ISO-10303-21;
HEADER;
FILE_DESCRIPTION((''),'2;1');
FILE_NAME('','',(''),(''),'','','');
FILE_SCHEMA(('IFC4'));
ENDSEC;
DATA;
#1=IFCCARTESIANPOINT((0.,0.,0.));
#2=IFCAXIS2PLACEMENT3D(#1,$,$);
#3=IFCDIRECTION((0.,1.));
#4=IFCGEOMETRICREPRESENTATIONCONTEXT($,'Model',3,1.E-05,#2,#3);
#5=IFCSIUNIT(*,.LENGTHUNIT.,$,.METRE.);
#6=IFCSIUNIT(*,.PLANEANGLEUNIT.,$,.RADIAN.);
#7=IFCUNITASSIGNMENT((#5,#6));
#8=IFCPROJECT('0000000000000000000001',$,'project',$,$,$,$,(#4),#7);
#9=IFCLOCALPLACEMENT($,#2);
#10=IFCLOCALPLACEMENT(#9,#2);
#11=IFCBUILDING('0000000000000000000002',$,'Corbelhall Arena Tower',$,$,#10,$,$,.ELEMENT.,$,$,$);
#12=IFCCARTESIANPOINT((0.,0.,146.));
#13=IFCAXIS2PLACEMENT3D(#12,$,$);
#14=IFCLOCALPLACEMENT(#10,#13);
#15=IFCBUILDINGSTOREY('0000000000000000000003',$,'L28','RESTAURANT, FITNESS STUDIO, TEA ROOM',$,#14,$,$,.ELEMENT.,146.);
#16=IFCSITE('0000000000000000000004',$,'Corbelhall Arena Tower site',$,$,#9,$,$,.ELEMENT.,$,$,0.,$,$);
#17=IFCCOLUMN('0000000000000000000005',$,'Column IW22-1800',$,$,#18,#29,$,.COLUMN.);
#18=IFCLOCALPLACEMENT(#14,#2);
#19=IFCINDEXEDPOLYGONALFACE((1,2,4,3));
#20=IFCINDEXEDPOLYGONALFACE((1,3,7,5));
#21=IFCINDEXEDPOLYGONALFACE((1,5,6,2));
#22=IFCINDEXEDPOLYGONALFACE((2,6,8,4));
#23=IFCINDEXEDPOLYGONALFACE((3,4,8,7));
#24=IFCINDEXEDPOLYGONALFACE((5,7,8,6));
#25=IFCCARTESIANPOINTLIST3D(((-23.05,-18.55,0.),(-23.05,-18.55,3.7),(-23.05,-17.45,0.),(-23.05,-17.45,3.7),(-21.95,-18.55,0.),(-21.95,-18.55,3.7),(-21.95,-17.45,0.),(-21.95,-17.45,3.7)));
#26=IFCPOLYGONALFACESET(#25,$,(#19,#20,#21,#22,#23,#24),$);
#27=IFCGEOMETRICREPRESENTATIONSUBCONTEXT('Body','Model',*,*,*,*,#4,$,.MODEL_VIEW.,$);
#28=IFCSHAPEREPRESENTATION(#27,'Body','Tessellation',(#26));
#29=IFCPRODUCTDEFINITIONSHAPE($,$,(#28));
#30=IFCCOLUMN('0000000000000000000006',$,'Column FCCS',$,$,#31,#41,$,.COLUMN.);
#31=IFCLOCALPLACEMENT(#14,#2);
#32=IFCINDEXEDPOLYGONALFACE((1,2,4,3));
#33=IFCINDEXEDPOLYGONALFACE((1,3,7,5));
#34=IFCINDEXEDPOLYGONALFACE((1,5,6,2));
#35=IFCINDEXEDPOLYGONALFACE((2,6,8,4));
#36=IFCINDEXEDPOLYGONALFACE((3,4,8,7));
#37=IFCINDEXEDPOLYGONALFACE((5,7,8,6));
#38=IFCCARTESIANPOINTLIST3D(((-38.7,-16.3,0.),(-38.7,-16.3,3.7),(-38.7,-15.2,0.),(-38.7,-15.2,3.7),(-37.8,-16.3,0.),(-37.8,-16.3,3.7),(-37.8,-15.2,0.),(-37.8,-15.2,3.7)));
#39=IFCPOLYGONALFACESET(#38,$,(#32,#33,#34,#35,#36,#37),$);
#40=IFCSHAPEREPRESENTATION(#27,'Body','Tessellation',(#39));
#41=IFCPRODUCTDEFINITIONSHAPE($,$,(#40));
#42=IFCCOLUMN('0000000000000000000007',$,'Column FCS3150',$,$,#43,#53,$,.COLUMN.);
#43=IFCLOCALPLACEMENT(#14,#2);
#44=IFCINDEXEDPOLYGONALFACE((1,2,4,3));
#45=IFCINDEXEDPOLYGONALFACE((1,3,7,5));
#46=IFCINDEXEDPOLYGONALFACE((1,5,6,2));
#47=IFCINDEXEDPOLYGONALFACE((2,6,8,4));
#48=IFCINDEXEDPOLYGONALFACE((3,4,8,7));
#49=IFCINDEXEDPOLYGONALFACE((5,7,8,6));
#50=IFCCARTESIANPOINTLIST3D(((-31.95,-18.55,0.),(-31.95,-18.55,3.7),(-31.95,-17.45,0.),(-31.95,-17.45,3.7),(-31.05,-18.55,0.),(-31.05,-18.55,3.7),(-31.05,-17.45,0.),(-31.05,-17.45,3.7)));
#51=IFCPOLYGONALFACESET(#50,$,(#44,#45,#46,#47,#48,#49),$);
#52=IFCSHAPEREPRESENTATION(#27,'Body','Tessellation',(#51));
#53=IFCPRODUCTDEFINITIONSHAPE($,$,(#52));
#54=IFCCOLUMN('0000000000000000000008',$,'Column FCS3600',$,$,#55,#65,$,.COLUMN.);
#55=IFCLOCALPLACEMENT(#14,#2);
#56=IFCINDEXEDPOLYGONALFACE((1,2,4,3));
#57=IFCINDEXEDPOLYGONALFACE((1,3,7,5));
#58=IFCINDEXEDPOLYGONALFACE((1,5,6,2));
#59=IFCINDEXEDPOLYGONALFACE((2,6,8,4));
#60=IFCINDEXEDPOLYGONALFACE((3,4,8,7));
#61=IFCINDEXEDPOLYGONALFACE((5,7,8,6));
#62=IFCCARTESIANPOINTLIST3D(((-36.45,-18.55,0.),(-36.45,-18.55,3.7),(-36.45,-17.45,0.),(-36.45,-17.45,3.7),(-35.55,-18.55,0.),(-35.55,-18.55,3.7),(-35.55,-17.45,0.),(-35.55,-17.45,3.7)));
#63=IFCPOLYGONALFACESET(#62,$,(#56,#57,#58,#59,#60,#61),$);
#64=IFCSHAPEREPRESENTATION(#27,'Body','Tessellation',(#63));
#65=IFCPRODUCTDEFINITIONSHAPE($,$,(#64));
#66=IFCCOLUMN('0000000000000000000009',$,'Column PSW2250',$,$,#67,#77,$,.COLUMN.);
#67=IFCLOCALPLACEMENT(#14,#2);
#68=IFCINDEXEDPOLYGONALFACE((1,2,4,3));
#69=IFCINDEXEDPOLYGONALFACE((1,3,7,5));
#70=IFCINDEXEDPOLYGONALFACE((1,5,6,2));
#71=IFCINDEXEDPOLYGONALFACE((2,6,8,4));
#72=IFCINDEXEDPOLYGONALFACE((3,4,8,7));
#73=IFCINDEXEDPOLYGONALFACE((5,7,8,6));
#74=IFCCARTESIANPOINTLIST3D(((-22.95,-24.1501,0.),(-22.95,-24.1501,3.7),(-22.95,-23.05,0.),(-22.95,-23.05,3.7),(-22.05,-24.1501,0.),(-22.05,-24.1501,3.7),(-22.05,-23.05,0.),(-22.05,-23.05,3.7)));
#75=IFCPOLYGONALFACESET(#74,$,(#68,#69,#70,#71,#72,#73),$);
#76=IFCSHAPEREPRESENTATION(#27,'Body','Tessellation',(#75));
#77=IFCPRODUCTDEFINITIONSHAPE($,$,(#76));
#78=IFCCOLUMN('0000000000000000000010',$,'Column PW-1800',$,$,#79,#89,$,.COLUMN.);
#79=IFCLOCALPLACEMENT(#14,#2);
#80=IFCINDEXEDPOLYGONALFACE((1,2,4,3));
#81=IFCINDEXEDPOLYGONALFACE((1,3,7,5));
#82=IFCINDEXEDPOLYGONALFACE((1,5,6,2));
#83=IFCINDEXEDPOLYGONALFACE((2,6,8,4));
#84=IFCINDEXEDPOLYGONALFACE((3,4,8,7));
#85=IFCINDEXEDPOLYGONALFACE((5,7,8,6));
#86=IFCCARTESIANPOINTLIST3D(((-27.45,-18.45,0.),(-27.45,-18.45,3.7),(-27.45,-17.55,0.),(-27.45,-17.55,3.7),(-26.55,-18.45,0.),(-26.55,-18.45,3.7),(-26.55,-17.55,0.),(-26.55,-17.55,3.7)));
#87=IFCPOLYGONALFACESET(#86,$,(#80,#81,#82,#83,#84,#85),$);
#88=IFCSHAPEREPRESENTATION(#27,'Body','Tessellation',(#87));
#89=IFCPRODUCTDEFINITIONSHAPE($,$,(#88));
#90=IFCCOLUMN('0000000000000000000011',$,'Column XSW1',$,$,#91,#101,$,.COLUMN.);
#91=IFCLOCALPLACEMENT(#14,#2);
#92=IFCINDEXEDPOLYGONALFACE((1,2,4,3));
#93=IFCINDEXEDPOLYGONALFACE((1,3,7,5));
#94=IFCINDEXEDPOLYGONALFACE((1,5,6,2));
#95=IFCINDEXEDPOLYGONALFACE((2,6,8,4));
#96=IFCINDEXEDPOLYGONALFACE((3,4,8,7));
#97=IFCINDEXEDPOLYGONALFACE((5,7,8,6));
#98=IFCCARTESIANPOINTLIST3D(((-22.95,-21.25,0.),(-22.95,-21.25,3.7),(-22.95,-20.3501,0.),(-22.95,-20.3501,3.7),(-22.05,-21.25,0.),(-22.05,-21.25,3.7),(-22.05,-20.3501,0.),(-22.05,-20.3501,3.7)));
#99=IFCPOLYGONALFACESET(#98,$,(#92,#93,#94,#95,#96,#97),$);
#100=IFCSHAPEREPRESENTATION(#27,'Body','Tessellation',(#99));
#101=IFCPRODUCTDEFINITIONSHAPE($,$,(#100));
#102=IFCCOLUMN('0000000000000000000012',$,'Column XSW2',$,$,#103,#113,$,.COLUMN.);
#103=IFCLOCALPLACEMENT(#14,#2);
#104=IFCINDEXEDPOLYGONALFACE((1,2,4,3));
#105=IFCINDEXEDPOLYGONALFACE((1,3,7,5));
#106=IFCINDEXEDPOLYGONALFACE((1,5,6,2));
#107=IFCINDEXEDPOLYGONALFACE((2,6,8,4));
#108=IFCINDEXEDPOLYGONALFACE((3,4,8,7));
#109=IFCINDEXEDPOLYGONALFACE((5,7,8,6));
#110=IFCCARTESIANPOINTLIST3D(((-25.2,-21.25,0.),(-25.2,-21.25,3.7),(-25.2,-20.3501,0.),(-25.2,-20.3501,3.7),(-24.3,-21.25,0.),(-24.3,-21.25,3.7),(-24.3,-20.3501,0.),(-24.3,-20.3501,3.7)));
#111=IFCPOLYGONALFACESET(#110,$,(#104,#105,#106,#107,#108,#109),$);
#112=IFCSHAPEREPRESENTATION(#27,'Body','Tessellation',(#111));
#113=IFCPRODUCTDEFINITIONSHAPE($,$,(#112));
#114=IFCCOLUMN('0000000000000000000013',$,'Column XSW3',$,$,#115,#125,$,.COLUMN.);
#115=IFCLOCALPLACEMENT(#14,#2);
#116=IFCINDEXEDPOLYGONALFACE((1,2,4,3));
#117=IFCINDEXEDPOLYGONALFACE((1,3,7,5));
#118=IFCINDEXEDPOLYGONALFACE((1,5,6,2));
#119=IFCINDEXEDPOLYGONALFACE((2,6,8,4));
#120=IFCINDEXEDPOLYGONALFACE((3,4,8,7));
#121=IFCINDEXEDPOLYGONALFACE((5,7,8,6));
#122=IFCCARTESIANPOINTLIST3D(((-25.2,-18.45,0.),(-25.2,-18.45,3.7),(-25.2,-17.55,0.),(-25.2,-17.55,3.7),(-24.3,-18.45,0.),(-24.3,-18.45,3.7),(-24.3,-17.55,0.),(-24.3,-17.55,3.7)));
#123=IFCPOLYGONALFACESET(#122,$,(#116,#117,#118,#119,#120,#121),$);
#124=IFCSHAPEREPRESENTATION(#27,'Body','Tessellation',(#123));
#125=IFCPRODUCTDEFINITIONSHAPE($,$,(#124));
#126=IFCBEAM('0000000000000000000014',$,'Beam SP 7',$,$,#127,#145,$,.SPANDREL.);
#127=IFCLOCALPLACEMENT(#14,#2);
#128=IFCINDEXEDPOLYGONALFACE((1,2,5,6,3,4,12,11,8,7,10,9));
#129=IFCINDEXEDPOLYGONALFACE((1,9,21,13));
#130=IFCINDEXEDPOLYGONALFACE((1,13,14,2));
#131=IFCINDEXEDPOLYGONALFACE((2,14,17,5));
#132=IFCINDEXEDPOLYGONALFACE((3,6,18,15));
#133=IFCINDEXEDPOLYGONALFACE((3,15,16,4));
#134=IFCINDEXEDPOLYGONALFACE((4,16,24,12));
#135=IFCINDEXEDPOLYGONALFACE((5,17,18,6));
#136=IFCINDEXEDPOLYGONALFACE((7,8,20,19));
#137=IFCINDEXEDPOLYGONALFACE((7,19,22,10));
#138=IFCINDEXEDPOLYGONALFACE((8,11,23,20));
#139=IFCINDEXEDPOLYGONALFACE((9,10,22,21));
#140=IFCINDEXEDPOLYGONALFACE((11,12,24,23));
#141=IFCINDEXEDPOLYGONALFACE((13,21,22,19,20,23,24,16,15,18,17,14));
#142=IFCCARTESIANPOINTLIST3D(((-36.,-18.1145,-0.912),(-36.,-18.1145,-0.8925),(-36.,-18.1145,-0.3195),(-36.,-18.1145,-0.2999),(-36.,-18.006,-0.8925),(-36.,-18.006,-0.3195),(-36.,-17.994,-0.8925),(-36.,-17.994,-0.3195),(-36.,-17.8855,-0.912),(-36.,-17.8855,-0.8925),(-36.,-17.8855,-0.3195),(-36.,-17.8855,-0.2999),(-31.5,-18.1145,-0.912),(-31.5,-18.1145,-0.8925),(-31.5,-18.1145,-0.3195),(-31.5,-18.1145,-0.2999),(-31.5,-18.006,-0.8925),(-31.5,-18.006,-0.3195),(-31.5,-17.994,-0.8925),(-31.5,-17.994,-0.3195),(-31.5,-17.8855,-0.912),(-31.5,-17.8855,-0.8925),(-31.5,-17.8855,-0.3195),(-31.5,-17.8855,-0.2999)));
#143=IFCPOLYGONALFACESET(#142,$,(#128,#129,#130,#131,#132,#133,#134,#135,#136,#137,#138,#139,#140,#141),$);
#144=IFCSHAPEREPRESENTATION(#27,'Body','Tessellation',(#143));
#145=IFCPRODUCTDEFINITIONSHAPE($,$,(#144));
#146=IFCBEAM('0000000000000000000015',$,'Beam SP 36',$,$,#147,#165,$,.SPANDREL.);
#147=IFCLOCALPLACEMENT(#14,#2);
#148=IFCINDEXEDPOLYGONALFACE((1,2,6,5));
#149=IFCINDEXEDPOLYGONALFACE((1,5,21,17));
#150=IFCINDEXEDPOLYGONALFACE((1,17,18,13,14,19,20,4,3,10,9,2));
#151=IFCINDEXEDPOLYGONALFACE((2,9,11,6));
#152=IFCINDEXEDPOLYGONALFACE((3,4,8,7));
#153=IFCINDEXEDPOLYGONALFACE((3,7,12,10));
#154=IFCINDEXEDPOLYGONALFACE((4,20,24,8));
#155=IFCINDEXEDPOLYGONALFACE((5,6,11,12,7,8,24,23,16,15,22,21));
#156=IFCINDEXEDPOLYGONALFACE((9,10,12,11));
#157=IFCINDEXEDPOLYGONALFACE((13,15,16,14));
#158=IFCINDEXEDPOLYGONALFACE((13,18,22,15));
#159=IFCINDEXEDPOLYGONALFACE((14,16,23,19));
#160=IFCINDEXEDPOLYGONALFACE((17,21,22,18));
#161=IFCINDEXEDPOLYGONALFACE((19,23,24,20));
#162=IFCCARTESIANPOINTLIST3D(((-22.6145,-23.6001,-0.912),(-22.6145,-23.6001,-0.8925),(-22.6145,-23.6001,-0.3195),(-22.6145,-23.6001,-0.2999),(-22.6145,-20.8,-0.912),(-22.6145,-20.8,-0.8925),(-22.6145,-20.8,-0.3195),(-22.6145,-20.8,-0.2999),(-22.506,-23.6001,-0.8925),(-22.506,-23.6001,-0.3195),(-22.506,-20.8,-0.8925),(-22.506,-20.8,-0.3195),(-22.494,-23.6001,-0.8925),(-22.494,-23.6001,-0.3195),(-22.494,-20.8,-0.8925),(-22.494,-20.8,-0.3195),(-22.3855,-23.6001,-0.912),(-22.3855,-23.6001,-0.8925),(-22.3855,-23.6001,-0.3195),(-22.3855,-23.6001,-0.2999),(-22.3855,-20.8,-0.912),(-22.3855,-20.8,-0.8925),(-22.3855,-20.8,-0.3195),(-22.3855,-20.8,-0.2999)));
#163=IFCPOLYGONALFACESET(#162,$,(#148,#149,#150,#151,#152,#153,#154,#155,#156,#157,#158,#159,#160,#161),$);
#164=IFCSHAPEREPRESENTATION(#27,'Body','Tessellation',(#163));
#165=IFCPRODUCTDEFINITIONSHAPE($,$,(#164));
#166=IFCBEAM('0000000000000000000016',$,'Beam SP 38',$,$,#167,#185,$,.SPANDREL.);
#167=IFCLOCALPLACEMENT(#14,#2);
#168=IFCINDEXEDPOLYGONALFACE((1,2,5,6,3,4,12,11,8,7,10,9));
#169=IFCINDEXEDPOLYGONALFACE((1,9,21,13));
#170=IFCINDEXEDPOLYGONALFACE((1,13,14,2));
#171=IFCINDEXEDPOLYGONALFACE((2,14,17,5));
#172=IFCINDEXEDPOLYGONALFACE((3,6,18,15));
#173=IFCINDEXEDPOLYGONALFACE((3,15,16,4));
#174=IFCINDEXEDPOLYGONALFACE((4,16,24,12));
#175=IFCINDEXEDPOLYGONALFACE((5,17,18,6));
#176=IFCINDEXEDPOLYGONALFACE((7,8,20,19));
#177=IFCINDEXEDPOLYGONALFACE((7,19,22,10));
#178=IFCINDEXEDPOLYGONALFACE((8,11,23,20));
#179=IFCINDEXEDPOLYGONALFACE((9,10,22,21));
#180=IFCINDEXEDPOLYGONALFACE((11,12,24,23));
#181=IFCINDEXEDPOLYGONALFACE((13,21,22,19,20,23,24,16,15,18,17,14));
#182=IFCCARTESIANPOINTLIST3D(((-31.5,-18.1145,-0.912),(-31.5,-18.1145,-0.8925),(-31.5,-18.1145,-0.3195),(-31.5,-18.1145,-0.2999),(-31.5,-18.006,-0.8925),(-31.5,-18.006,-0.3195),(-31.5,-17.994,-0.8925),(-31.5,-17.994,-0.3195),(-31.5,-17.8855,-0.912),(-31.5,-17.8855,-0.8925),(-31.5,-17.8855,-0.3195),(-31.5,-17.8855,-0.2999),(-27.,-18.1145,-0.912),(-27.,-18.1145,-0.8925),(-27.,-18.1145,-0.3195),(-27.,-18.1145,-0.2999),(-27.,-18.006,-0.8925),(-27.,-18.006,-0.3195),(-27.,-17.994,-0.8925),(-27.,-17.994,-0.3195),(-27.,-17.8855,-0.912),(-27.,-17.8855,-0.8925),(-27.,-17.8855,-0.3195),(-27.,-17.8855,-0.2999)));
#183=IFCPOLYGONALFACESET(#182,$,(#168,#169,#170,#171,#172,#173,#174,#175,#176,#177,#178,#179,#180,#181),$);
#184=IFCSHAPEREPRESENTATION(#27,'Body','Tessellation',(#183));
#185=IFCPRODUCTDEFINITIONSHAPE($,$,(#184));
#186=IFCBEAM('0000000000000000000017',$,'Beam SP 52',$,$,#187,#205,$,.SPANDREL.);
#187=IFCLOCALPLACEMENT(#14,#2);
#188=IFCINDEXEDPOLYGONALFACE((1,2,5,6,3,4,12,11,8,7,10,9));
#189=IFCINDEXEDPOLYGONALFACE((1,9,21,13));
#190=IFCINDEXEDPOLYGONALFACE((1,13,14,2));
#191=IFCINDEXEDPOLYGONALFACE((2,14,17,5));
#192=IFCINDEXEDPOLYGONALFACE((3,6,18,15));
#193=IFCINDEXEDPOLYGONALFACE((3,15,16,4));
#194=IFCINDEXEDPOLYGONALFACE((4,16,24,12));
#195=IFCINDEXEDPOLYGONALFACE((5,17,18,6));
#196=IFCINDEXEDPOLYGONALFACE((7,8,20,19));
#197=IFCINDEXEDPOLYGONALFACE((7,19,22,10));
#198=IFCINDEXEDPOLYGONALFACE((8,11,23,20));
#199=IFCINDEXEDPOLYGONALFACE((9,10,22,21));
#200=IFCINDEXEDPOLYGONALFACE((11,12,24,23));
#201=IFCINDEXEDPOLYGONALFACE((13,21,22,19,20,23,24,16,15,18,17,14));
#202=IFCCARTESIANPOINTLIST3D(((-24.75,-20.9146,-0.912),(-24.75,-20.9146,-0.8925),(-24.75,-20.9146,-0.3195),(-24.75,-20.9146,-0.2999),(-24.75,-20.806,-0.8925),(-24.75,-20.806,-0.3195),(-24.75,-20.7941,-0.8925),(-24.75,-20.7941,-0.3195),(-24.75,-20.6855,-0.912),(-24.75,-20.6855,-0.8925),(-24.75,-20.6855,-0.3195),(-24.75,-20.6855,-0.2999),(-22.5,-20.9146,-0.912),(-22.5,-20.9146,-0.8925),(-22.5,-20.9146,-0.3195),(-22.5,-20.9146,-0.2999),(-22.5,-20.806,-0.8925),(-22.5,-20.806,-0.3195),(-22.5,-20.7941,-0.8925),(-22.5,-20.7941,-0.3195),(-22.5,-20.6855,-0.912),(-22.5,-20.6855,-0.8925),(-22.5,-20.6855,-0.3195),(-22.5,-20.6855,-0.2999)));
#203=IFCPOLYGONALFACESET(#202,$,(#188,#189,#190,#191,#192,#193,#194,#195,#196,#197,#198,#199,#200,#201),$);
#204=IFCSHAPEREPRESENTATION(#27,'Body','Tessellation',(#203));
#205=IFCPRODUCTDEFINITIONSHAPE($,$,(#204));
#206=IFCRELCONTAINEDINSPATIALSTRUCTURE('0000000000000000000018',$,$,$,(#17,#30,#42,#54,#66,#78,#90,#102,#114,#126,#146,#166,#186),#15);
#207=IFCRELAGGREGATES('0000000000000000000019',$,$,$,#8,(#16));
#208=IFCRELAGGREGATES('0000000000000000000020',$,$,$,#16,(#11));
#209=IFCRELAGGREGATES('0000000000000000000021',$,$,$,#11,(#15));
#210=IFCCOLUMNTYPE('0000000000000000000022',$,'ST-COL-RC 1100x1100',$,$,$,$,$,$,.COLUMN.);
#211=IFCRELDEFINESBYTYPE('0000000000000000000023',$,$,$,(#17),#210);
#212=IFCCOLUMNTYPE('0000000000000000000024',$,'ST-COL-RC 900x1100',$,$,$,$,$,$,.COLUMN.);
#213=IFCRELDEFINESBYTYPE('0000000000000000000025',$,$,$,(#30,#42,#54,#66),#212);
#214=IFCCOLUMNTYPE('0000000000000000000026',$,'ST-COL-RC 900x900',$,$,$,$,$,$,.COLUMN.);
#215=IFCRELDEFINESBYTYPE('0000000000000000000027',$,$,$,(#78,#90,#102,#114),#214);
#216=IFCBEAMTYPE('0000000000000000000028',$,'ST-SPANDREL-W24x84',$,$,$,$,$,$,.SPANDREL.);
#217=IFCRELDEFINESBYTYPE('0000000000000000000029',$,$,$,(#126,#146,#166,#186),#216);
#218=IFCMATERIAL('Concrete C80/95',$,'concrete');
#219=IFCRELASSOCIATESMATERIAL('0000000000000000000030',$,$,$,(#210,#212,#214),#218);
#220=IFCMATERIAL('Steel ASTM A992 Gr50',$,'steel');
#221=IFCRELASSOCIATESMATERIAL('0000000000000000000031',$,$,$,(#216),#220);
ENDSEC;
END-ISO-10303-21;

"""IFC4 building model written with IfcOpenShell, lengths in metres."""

from ifc_helpers import new_model, si_unit, direction, frame, origin, origin_2d, place, context, subcontext, project, spatial, rectangle, i_section, extrude, material, material_profile, profile_set, type_object, element, save


model = new_model("IFC4")

# Units and contexts
model_context = context("Model", 3, precision=1e-05, world=origin(), true_north=direction((0.0, 1.0)))
body_context = subcontext(model_context, "Body", "Model", "MODEL_VIEW")
ifc_project = project(units=[si_unit("LENGTHUNIT", "METRE"), si_unit("PLANEANGLEUNIT", "RADIAN")], contexts=[model_context])

# Site, building, storey
site_placement = place(None, origin())
site = spatial("IfcSite", under=ifc_project, at=site_placement, Name="Corbelhall Arena Tower site", CompositionType="ELEMENT", RefElevation=0.0)
building_placement = place(site_placement, origin())
building = spatial("IfcBuilding", under=site, at=building_placement, Name="Corbelhall Arena Tower", CompositionType="ELEMENT")
storey_placement = place(building_placement, frame((0.0, 0.0, 146.0)))
storey = spatial("IfcBuildingStorey", under=building, at=storey_placement, Name="L28", Description="RESTAURANT, FITNESS STUDIO, TEA ROOM", CompositionType="ELEMENT", Elevation=146.0)

# Columns
ifc_material_1 = material(Name="Concrete C80/95", Category="concrete")
ifc_material_profile_1 = material_profile(ifc_material_1, rectangle(XDim=1.1001, YDim=1.1001, at=origin_2d()))
ifc_profile_set_1 = profile_set([ifc_material_profile_1], Name="Concrete C80/95")
column_type_1 = type_object("IfcColumnType", Name="ST-COL-RC 1100x1100", PredefinedType="COLUMN", material=ifc_profile_set_1)
column_placement = place(storey_placement, frame((-22.5, -18.0, 0.0), z_axis=(0.0, 0.0, 1.0), x_axis=(1.0, 0.0, 0.0)))
element("IfcColumn", 1, at=column_placement, inside=storey, type_object=column_type_1, Name="Column IW22-1800", PredefinedType="COLUMN", context=body_context, shape_type="SweptSolid", body=[
    extrude(rectangle(XDim=1.1001, YDim=1.1001, at=origin_2d()), origin(), (0.0, 0.0, 1.0), 3.7),
])
ifc_material_profile_2 = material_profile(ifc_material_1, rectangle(XDim=0.8999, YDim=1.1001, at=origin_2d()))
ifc_profile_set_2 = profile_set([ifc_material_profile_2], Name="Concrete C80/95")
column_type_2 = type_object("IfcColumnType", Name="ST-COL-RC 900x1100", PredefinedType="COLUMN", material=ifc_profile_set_2)
for number, where, z_axis, x_axis, name in (
    (2, (-38.25, -15.75, 0.0), (0.0, 0.0, 1.0), (1.0, 0.0, 0.0), "Column FCCS"),
    (3, (-31.5, -18.0, 0.0), (0.0, 0.0, 1.0), (1.0, 0.0, 0.0), "Column FCS3150"),
    (4, (-36.0, -18.0, 0.0), (0.0, 0.0, 1.0), (1.0, 0.0, 0.0), "Column FCS3600"),
    (5, (-22.5, -23.6001, 0.0), (0.0, 0.0, 1.0), (1.0, 0.0, 0.0), "Column PSW2250"),
):
    element("IfcColumn", number, at=place(storey_placement, frame(where, z_axis=z_axis, x_axis=x_axis)), inside=storey, type_object=column_type_2, Name=name, PredefinedType="COLUMN", context=body_context, shape_type="SweptSolid", body=[
        extrude(rectangle(XDim=0.8999, YDim=1.1001, at=origin_2d()), origin(), (0.0, 0.0, 1.0), 3.7),
    ])
ifc_material_profile_3 = material_profile(ifc_material_1, rectangle(XDim=0.8999, YDim=0.8999, at=origin_2d()))
ifc_profile_set_3 = profile_set([ifc_material_profile_3], Name="Concrete C80/95")
column_type_3 = type_object("IfcColumnType", Name="ST-COL-RC 900x900", PredefinedType="COLUMN", material=ifc_profile_set_3)
for number, where, z_axis, x_axis, name in (
    (6, (-27.0, -18.0, 0.0), (0.0, 0.0, 1.0), (1.0, 0.0, 0.0), "Column PW-1800"),
    (7, (-22.5, -20.8, 0.0), (0.0, 0.0, 1.0), (1.0, 0.0, 0.0), "Column XSW1"),
    (8, (-24.75, -20.8, 0.0), (0.0, 0.0, 1.0), (1.0, 0.0, 0.0), "Column XSW2"),
    (9, (-24.75, -18.0, 0.0), (0.0, 0.0, 1.0), (1.0, 0.0, 0.0), "Column XSW3"),
):
    element("IfcColumn", number, at=place(storey_placement, frame(where, z_axis=z_axis, x_axis=x_axis)), inside=storey, type_object=column_type_3, Name=name, PredefinedType="COLUMN", context=body_context, shape_type="SweptSolid", body=[
        extrude(rectangle(XDim=0.8999, YDim=0.8999, at=origin_2d()), origin(), (0.0, 0.0, 1.0), 3.7),
    ])

# Beams
ifc_material_2 = material(Name="Steel ASTM A992 Gr50", Category="steel")
ifc_material_profile_4 = material_profile(ifc_material_2, i_section(OverallWidth=0.229, OverallDepth=0.6121, WebThickness=0.012, FlangeThickness=0.0195, at=origin_2d()))
ifc_profile_set_4 = profile_set([ifc_material_profile_4], Name="Steel ASTM A992 Gr50")
beam_type = type_object("IfcBeamType", Name="ST-SPANDREL-W24x84", PredefinedType="SPANDREL", material=ifc_profile_set_4)
beam_1_placement = place(storey_placement, frame((-31.5, -18.0, -0.606), z_axis=(-1.0, 0.0, 0.0), x_axis=(0.0, -1.0, 0.0)))
element("IfcBeam", 10, at=beam_1_placement, inside=storey, type_object=beam_type, Name="Beam SP 7", PredefinedType="SPANDREL", context=body_context, shape_type="SweptSolid", body=[
    extrude(i_section(OverallWidth=0.229, OverallDepth=0.6121, WebThickness=0.012, FlangeThickness=0.0195, at=origin_2d()), origin(), (0.0, 0.0, 1.0), 4.5),
])
beam_2_placement = place(storey_placement, frame((-22.5, -23.6001, -0.606), z_axis=(0.0, 1.0, 0.0), x_axis=(-1.0, 0.0, 0.0)))
element("IfcBeam", 11, at=beam_2_placement, inside=storey, type_object=beam_type, Name="Beam SP 36", PredefinedType="SPANDREL", context=body_context, shape_type="SweptSolid", body=[
    extrude(i_section(OverallWidth=0.229, OverallDepth=0.6121, WebThickness=0.012, FlangeThickness=0.0195, at=origin_2d()), origin(), (0.0, 0.0, 1.0), 2.8),
])
beam_3_placement = place(storey_placement, frame((-27.0, -18.0, -0.606), z_axis=(-1.0, 0.0, 0.0), x_axis=(0.0, -1.0, 0.0)))
element("IfcBeam", 12, at=beam_3_placement, inside=storey, type_object=beam_type, Name="Beam SP 38", PredefinedType="SPANDREL", context=body_context, shape_type="SweptSolid", body=[
    extrude(i_section(OverallWidth=0.229, OverallDepth=0.6121, WebThickness=0.012, FlangeThickness=0.0195, at=origin_2d()), origin(), (0.0, 0.0, 1.0), 4.5),
])
beam_4_placement = place(storey_placement, frame((-22.5, -20.8, -0.606), z_axis=(-1.0, 0.0, 0.0), x_axis=(0.0, -1.0, 0.0)))
element("IfcBeam", 13, at=beam_4_placement, inside=storey, type_object=beam_type, Name="Beam SP 52", PredefinedType="SPANDREL", context=body_context, shape_type="SweptSolid", body=[
    extrude(i_section(OverallWidth=0.229, OverallDepth=0.6121, WebThickness=0.012, FlangeThickness=0.0195, at=origin_2d()), origin(), (0.0, 0.0, 1.0), 2.25),
])

save(model, "model.ifc")
